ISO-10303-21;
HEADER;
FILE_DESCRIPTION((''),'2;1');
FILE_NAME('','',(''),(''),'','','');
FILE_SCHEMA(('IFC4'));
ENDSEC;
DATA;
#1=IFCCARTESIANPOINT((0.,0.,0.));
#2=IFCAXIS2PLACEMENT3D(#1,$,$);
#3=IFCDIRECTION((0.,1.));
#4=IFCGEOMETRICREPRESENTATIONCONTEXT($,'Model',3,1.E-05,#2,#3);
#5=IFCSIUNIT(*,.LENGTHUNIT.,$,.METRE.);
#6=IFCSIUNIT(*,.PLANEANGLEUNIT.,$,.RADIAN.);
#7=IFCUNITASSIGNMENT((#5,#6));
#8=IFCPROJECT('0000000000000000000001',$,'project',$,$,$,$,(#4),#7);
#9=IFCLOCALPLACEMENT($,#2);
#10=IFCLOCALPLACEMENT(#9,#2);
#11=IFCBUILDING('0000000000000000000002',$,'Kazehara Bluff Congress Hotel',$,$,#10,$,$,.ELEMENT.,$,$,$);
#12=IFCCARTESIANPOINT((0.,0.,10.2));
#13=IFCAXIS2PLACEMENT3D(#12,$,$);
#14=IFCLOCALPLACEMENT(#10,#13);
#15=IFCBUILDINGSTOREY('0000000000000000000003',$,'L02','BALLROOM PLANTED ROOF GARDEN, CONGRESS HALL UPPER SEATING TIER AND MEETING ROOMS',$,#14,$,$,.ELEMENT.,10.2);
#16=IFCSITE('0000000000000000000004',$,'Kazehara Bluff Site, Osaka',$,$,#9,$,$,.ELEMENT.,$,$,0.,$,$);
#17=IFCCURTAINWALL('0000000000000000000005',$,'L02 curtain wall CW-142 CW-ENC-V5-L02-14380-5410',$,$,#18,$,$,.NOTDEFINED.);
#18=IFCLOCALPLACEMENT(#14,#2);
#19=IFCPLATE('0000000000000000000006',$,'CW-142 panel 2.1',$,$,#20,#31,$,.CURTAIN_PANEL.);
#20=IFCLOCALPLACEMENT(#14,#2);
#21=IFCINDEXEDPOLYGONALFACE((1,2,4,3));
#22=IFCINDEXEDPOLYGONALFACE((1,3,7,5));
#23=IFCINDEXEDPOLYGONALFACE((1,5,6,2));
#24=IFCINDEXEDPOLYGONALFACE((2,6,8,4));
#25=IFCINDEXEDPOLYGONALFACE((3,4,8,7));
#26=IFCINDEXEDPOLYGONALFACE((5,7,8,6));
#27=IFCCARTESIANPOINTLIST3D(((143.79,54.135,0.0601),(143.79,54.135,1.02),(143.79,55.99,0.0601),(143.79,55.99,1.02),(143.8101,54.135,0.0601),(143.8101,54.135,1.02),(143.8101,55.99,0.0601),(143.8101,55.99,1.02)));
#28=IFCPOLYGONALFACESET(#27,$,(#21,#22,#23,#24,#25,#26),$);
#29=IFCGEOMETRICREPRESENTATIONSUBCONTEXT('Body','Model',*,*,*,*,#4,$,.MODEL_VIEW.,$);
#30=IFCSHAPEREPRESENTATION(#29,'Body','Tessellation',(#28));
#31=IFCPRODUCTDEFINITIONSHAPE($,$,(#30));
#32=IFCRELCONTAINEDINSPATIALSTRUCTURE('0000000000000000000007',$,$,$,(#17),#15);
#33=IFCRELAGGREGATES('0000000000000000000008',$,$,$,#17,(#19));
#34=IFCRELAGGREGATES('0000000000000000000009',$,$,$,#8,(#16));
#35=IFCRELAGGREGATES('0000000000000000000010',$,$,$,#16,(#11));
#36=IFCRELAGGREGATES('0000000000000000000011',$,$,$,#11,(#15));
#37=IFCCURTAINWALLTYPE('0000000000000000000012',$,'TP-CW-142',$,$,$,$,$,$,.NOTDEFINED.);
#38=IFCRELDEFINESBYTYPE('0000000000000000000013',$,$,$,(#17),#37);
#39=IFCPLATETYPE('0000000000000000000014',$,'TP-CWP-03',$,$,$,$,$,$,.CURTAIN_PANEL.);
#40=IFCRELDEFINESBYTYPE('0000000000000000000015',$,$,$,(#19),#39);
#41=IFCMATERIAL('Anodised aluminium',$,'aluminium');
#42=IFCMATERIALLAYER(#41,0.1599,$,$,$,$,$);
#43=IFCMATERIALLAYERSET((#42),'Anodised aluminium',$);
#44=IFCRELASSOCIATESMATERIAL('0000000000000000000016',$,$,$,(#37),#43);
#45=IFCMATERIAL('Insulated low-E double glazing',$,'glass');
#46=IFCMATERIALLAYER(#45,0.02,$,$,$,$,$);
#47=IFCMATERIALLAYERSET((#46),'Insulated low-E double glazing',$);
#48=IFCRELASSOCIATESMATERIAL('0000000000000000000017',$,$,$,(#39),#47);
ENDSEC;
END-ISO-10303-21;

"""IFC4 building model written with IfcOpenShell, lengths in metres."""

from ifc_helpers import new_model, si_unit, direction, frame, origin, origin_2d, place, context, subcontext, project, spatial, rectangle, extrude, material, layer, layer_set, type_object, element, aggregate, save


model = new_model("IFC4")

# Units and contexts
model_context = context("Model", 3, precision=1e-05, world=origin(), true_north=direction((0.0, 1.0)))
body_context = subcontext(model_context, "Body", "Model", "MODEL_VIEW")
ifc_project = project(units=[si_unit("LENGTHUNIT", "METRE"), si_unit("PLANEANGLEUNIT", "RADIAN")], contexts=[model_context])

# Site, building, storey
site_placement = place(None, origin())
site = spatial("IfcSite", under=ifc_project, at=site_placement, Name="Kazehara Bluff Site, Osaka", CompositionType="ELEMENT", RefElevation=0.0)
building_placement = place(site_placement, origin())
building = spatial("IfcBuilding", under=site, at=building_placement, Name="Kazehara Bluff Congress Hotel", CompositionType="ELEMENT")
storey_placement = place(building_placement, frame((0.0, 0.0, 10.2)))
storey = spatial("IfcBuildingStorey", under=building, at=storey_placement, Name="L02", Description="BALLROOM PLANTED ROOF GARDEN, CONGRESS HALL UPPER SEATING TIER AND MEETING ROOMS", CompositionType="ELEMENT", Elevation=10.2)

# Curtain wall
ifc_material_1 = material(Name="Anodised aluminium", Category="aluminium")
ifc_layer_1 = layer(ifc_material_1, 0.1599)
ifc_layer_set_1 = layer_set([ifc_layer_1], Name="Anodised aluminium")
curtain_wall_type_1 = type_object("IfcCurtainWallType", Name="TP-CW-142", PredefinedType="NOTDEFINED", material=ifc_layer_set_1)
curtain_wall_1_placement = place(storey_placement, origin())
curtain_wall_1 = element("IfcCurtainWall", 1, at=curtain_wall_1_placement, inside=storey, type_object=curtain_wall_type_1, Name="L02 curtain wall CW-142 CW-ENC-V5-L02-14380-5410", PredefinedType="NOTDEFINED")

# Plate
ifc_material_2 = material(Name="Insulated low-E double glazing", Category="glass")
ifc_layer_2 = layer(ifc_material_2, 0.02)
ifc_layer_set_2 = layer_set([ifc_layer_2], Name="Insulated low-E double glazing")
plate_type_1 = type_object("IfcPlateType", Name="TP-CWP-03", PredefinedType="CURTAIN_PANEL", material=ifc_layer_set_2)
plate_1_placement = place(storey_placement, frame((143.8, 55.0625, 0.0601), z_axis=(0.0, 0.0, 1.0), x_axis=(0.0, 1.0, 0.0)))
plate_1 = element("IfcPlate", 2, at=plate_1_placement, type_object=plate_type_1, Name="CW-142 panel 2.1", PredefinedType="CURTAIN_PANEL", context=body_context, shape_type="SweptSolid", body=[
    extrude(rectangle(XDim=1.855, YDim=0.02, at=origin_2d()), origin(), (0.0, 0.0, 1.0), 0.96),
])
aggregate(curtain_wall_1, [plate_1])

save(model, "model.ifc")
